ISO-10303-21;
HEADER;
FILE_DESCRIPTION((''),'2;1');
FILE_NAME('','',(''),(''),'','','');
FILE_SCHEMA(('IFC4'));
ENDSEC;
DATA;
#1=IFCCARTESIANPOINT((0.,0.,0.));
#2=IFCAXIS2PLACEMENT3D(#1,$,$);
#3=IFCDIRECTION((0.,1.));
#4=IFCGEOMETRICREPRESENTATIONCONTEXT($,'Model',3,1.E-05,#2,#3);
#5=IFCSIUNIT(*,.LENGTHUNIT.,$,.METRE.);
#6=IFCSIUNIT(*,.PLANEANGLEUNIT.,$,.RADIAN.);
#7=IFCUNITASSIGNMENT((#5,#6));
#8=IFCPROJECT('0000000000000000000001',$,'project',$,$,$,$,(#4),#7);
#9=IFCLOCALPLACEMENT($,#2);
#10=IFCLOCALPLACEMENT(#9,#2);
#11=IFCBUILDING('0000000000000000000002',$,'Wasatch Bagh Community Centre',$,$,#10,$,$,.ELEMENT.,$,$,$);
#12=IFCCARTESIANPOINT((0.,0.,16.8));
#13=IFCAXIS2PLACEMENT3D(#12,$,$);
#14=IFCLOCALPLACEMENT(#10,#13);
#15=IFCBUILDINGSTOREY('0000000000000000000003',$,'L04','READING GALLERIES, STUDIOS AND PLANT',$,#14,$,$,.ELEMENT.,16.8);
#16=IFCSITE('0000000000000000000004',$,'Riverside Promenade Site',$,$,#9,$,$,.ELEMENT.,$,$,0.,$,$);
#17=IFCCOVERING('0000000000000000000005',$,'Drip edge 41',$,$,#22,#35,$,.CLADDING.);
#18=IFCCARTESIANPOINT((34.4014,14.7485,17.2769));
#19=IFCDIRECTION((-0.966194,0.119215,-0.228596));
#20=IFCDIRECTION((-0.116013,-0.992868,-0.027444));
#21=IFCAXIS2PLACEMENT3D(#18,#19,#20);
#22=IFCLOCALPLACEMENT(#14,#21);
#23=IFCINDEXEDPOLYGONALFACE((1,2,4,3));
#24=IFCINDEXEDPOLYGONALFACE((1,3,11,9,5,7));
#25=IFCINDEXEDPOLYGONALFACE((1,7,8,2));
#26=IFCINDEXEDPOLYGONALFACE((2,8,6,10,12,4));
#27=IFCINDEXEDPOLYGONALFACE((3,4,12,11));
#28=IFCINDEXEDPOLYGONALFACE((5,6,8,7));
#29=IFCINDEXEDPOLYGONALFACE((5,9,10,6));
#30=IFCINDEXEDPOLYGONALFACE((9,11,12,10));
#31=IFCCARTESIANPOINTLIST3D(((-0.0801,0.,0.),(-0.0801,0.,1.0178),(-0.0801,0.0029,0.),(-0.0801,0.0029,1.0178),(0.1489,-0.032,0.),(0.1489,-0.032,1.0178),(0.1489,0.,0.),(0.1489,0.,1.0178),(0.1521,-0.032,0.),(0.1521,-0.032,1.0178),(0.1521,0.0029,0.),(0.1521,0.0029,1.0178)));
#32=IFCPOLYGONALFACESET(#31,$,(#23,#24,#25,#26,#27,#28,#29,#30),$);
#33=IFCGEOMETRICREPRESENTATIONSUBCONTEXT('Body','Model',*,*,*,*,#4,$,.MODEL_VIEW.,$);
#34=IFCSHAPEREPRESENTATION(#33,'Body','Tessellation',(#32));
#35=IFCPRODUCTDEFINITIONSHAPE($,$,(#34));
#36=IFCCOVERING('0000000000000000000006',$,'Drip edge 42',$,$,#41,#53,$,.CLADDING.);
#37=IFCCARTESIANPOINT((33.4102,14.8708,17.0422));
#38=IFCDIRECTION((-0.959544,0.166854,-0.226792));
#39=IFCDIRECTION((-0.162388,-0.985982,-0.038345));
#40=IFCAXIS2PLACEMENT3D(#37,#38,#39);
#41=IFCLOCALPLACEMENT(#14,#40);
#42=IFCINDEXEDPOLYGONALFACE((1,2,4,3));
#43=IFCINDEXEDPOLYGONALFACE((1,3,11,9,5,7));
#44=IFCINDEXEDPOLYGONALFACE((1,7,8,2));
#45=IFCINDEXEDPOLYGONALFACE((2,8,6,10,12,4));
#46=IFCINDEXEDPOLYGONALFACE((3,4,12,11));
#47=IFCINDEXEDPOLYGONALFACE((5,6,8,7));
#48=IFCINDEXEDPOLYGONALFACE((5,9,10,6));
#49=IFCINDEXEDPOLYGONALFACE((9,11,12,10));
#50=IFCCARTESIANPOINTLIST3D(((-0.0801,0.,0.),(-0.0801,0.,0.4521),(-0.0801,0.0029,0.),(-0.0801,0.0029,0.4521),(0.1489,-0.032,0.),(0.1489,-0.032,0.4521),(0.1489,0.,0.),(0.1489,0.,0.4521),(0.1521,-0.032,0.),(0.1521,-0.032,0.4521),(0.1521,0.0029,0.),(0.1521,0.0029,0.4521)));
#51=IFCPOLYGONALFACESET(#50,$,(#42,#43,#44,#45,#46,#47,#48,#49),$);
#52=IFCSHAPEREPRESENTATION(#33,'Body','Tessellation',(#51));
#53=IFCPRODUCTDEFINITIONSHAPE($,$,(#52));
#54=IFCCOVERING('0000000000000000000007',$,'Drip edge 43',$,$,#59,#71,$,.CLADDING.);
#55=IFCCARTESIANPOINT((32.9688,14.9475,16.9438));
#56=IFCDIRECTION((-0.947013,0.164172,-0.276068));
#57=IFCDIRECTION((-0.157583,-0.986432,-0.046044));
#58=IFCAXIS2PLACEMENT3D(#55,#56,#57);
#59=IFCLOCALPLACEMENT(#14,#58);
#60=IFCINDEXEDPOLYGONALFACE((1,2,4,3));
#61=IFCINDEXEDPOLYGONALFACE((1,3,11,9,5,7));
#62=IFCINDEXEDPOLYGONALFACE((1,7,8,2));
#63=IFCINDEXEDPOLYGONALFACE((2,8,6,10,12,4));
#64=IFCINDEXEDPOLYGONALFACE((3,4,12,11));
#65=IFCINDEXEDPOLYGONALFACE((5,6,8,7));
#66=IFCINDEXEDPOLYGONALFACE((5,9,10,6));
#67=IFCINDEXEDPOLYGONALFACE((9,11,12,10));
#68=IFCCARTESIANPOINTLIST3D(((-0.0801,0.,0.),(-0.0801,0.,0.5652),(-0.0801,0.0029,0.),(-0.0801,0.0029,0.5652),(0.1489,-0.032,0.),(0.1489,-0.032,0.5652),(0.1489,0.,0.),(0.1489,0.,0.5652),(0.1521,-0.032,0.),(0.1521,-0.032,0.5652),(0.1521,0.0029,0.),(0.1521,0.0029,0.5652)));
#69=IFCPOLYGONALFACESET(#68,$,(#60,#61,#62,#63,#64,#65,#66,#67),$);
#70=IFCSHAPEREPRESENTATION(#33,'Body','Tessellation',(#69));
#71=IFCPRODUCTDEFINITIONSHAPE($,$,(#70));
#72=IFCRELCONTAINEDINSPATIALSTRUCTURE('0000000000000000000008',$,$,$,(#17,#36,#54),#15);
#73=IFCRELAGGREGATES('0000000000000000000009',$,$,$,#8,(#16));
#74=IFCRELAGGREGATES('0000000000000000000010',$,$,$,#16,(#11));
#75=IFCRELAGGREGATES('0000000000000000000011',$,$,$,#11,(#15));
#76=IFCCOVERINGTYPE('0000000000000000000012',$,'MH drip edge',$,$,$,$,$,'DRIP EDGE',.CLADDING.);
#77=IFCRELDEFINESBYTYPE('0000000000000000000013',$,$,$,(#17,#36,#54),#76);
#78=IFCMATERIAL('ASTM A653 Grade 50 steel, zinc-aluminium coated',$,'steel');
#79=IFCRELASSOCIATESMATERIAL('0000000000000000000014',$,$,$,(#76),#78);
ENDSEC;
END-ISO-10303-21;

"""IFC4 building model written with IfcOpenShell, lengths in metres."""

from ifc_helpers import new_model, si_unit, direction, frame, origin, place, context, subcontext, project, spatial, polyline, outline, extrude, material, material_profile, profile_set, type_object, element, save


model = new_model("IFC4")

# Units and contexts
model_context = context("Model", 3, precision=1e-05, world=origin(), true_north=direction((0.0, 1.0)))
body_context = subcontext(model_context, "Body", "Model", "MODEL_VIEW")
ifc_project = project(units=[si_unit("LENGTHUNIT", "METRE"), si_unit("PLANEANGLEUNIT", "RADIAN")], contexts=[model_context])

# Site, building, storey
site_placement = place(None, origin())
site = spatial("IfcSite", under=ifc_project, at=site_placement, Name="Riverside Promenade Site", CompositionType="ELEMENT", RefElevation=0.0)
building_placement = place(site_placement, origin())
building = spatial("IfcBuilding", under=site, at=building_placement, Name="Wasatch Bagh Community Centre", CompositionType="ELEMENT")
storey_placement = place(building_placement, frame((0.0, 0.0, 16.8)))
storey = spatial("IfcBuildingStorey", under=building, at=storey_placement, Name="L04", Description="READING GALLERIES, STUDIOS AND PLANT", CompositionType="ELEMENT", Elevation=16.8)

# Coverings
ifc_material_1 = material(Name="ASTM A653 Grade 50 steel, zinc-aluminium coated", Category="steel")
ifc_material_profile_1 = material_profile(ifc_material_1, outline(polyline([(-0.0801, 0.0029), (0.1521, 0.0029), (0.1521, -0.032), (0.1489, -0.032), (0.1489, 0.0), (-0.0801, 0.0), (-0.0801, 0.0029)])), Name="DRIP EDGE")
ifc_profile_set_1 = profile_set([ifc_material_profile_1], Name="ASTM A653 Grade 50 steel, zinc-aluminium coated")
covering_type_1 = type_object("IfcCoveringType", Name="MH drip edge", ElementType="DRIP EDGE", PredefinedType="CLADDING", material=ifc_profile_set_1)
covering_1_placement = place(storey_placement, frame((34.4014, 14.7485, 17.2769), z_axis=(-0.966194, 0.119215, -0.228596), x_axis=(-0.116013, -0.992868, -0.027444)))
element("IfcCovering", 1, at=covering_1_placement, inside=storey, type_object=covering_type_1, Name="Drip edge 41", PredefinedType="CLADDING", context=body_context, shape_type="SweptSolid", body=[
    extrude(outline(polyline([(-0.0801, 0.0029), (0.1521, 0.0029), (0.1521, -0.032), (0.1489, -0.032), (0.1489, 0.0), (-0.0801, 0.0), (-0.0801, 0.0029)])), origin(), (0.0, 0.0, 1.0), 1.0178),
])
covering_2_placement = place(storey_placement, frame((33.4102, 14.8708, 17.0422), z_axis=(-0.959544, 0.166854, -0.226792), x_axis=(-0.162388, -0.985982, -0.038345)))
element("IfcCovering", 2, at=covering_2_placement, inside=storey, type_object=covering_type_1, Name="Drip edge 42", PredefinedType="CLADDING", context=body_context, shape_type="SweptSolid", body=[
    extrude(outline(polyline([(-0.0801, 0.0029), (0.1521, 0.0029), (0.1521, -0.032), (0.1489, -0.032), (0.1489, 0.0), (-0.0801, 0.0), (-0.0801, 0.0029)])), origin(), (0.0, 0.0, 1.0), 0.4521),
])
covering_3_placement = place(storey_placement, frame((32.9688, 14.9475, 16.9438), z_axis=(-0.947013, 0.164172, -0.276068), x_axis=(-0.157583, -0.986432, -0.046044)))
element("IfcCovering", 3, at=covering_3_placement, inside=storey, type_object=covering_type_1, Name="Drip edge 43", PredefinedType="CLADDING", context=body_context, shape_type="SweptSolid", body=[
    extrude(outline(polyline([(-0.0801, 0.0029), (0.1521, 0.0029), (0.1521, -0.032), (0.1489, -0.032), (0.1489, 0.0), (-0.0801, 0.0), (-0.0801, 0.0029)])), origin(), (0.0, 0.0, 1.0), 0.5652),
])

save(model, "model.ifc")
